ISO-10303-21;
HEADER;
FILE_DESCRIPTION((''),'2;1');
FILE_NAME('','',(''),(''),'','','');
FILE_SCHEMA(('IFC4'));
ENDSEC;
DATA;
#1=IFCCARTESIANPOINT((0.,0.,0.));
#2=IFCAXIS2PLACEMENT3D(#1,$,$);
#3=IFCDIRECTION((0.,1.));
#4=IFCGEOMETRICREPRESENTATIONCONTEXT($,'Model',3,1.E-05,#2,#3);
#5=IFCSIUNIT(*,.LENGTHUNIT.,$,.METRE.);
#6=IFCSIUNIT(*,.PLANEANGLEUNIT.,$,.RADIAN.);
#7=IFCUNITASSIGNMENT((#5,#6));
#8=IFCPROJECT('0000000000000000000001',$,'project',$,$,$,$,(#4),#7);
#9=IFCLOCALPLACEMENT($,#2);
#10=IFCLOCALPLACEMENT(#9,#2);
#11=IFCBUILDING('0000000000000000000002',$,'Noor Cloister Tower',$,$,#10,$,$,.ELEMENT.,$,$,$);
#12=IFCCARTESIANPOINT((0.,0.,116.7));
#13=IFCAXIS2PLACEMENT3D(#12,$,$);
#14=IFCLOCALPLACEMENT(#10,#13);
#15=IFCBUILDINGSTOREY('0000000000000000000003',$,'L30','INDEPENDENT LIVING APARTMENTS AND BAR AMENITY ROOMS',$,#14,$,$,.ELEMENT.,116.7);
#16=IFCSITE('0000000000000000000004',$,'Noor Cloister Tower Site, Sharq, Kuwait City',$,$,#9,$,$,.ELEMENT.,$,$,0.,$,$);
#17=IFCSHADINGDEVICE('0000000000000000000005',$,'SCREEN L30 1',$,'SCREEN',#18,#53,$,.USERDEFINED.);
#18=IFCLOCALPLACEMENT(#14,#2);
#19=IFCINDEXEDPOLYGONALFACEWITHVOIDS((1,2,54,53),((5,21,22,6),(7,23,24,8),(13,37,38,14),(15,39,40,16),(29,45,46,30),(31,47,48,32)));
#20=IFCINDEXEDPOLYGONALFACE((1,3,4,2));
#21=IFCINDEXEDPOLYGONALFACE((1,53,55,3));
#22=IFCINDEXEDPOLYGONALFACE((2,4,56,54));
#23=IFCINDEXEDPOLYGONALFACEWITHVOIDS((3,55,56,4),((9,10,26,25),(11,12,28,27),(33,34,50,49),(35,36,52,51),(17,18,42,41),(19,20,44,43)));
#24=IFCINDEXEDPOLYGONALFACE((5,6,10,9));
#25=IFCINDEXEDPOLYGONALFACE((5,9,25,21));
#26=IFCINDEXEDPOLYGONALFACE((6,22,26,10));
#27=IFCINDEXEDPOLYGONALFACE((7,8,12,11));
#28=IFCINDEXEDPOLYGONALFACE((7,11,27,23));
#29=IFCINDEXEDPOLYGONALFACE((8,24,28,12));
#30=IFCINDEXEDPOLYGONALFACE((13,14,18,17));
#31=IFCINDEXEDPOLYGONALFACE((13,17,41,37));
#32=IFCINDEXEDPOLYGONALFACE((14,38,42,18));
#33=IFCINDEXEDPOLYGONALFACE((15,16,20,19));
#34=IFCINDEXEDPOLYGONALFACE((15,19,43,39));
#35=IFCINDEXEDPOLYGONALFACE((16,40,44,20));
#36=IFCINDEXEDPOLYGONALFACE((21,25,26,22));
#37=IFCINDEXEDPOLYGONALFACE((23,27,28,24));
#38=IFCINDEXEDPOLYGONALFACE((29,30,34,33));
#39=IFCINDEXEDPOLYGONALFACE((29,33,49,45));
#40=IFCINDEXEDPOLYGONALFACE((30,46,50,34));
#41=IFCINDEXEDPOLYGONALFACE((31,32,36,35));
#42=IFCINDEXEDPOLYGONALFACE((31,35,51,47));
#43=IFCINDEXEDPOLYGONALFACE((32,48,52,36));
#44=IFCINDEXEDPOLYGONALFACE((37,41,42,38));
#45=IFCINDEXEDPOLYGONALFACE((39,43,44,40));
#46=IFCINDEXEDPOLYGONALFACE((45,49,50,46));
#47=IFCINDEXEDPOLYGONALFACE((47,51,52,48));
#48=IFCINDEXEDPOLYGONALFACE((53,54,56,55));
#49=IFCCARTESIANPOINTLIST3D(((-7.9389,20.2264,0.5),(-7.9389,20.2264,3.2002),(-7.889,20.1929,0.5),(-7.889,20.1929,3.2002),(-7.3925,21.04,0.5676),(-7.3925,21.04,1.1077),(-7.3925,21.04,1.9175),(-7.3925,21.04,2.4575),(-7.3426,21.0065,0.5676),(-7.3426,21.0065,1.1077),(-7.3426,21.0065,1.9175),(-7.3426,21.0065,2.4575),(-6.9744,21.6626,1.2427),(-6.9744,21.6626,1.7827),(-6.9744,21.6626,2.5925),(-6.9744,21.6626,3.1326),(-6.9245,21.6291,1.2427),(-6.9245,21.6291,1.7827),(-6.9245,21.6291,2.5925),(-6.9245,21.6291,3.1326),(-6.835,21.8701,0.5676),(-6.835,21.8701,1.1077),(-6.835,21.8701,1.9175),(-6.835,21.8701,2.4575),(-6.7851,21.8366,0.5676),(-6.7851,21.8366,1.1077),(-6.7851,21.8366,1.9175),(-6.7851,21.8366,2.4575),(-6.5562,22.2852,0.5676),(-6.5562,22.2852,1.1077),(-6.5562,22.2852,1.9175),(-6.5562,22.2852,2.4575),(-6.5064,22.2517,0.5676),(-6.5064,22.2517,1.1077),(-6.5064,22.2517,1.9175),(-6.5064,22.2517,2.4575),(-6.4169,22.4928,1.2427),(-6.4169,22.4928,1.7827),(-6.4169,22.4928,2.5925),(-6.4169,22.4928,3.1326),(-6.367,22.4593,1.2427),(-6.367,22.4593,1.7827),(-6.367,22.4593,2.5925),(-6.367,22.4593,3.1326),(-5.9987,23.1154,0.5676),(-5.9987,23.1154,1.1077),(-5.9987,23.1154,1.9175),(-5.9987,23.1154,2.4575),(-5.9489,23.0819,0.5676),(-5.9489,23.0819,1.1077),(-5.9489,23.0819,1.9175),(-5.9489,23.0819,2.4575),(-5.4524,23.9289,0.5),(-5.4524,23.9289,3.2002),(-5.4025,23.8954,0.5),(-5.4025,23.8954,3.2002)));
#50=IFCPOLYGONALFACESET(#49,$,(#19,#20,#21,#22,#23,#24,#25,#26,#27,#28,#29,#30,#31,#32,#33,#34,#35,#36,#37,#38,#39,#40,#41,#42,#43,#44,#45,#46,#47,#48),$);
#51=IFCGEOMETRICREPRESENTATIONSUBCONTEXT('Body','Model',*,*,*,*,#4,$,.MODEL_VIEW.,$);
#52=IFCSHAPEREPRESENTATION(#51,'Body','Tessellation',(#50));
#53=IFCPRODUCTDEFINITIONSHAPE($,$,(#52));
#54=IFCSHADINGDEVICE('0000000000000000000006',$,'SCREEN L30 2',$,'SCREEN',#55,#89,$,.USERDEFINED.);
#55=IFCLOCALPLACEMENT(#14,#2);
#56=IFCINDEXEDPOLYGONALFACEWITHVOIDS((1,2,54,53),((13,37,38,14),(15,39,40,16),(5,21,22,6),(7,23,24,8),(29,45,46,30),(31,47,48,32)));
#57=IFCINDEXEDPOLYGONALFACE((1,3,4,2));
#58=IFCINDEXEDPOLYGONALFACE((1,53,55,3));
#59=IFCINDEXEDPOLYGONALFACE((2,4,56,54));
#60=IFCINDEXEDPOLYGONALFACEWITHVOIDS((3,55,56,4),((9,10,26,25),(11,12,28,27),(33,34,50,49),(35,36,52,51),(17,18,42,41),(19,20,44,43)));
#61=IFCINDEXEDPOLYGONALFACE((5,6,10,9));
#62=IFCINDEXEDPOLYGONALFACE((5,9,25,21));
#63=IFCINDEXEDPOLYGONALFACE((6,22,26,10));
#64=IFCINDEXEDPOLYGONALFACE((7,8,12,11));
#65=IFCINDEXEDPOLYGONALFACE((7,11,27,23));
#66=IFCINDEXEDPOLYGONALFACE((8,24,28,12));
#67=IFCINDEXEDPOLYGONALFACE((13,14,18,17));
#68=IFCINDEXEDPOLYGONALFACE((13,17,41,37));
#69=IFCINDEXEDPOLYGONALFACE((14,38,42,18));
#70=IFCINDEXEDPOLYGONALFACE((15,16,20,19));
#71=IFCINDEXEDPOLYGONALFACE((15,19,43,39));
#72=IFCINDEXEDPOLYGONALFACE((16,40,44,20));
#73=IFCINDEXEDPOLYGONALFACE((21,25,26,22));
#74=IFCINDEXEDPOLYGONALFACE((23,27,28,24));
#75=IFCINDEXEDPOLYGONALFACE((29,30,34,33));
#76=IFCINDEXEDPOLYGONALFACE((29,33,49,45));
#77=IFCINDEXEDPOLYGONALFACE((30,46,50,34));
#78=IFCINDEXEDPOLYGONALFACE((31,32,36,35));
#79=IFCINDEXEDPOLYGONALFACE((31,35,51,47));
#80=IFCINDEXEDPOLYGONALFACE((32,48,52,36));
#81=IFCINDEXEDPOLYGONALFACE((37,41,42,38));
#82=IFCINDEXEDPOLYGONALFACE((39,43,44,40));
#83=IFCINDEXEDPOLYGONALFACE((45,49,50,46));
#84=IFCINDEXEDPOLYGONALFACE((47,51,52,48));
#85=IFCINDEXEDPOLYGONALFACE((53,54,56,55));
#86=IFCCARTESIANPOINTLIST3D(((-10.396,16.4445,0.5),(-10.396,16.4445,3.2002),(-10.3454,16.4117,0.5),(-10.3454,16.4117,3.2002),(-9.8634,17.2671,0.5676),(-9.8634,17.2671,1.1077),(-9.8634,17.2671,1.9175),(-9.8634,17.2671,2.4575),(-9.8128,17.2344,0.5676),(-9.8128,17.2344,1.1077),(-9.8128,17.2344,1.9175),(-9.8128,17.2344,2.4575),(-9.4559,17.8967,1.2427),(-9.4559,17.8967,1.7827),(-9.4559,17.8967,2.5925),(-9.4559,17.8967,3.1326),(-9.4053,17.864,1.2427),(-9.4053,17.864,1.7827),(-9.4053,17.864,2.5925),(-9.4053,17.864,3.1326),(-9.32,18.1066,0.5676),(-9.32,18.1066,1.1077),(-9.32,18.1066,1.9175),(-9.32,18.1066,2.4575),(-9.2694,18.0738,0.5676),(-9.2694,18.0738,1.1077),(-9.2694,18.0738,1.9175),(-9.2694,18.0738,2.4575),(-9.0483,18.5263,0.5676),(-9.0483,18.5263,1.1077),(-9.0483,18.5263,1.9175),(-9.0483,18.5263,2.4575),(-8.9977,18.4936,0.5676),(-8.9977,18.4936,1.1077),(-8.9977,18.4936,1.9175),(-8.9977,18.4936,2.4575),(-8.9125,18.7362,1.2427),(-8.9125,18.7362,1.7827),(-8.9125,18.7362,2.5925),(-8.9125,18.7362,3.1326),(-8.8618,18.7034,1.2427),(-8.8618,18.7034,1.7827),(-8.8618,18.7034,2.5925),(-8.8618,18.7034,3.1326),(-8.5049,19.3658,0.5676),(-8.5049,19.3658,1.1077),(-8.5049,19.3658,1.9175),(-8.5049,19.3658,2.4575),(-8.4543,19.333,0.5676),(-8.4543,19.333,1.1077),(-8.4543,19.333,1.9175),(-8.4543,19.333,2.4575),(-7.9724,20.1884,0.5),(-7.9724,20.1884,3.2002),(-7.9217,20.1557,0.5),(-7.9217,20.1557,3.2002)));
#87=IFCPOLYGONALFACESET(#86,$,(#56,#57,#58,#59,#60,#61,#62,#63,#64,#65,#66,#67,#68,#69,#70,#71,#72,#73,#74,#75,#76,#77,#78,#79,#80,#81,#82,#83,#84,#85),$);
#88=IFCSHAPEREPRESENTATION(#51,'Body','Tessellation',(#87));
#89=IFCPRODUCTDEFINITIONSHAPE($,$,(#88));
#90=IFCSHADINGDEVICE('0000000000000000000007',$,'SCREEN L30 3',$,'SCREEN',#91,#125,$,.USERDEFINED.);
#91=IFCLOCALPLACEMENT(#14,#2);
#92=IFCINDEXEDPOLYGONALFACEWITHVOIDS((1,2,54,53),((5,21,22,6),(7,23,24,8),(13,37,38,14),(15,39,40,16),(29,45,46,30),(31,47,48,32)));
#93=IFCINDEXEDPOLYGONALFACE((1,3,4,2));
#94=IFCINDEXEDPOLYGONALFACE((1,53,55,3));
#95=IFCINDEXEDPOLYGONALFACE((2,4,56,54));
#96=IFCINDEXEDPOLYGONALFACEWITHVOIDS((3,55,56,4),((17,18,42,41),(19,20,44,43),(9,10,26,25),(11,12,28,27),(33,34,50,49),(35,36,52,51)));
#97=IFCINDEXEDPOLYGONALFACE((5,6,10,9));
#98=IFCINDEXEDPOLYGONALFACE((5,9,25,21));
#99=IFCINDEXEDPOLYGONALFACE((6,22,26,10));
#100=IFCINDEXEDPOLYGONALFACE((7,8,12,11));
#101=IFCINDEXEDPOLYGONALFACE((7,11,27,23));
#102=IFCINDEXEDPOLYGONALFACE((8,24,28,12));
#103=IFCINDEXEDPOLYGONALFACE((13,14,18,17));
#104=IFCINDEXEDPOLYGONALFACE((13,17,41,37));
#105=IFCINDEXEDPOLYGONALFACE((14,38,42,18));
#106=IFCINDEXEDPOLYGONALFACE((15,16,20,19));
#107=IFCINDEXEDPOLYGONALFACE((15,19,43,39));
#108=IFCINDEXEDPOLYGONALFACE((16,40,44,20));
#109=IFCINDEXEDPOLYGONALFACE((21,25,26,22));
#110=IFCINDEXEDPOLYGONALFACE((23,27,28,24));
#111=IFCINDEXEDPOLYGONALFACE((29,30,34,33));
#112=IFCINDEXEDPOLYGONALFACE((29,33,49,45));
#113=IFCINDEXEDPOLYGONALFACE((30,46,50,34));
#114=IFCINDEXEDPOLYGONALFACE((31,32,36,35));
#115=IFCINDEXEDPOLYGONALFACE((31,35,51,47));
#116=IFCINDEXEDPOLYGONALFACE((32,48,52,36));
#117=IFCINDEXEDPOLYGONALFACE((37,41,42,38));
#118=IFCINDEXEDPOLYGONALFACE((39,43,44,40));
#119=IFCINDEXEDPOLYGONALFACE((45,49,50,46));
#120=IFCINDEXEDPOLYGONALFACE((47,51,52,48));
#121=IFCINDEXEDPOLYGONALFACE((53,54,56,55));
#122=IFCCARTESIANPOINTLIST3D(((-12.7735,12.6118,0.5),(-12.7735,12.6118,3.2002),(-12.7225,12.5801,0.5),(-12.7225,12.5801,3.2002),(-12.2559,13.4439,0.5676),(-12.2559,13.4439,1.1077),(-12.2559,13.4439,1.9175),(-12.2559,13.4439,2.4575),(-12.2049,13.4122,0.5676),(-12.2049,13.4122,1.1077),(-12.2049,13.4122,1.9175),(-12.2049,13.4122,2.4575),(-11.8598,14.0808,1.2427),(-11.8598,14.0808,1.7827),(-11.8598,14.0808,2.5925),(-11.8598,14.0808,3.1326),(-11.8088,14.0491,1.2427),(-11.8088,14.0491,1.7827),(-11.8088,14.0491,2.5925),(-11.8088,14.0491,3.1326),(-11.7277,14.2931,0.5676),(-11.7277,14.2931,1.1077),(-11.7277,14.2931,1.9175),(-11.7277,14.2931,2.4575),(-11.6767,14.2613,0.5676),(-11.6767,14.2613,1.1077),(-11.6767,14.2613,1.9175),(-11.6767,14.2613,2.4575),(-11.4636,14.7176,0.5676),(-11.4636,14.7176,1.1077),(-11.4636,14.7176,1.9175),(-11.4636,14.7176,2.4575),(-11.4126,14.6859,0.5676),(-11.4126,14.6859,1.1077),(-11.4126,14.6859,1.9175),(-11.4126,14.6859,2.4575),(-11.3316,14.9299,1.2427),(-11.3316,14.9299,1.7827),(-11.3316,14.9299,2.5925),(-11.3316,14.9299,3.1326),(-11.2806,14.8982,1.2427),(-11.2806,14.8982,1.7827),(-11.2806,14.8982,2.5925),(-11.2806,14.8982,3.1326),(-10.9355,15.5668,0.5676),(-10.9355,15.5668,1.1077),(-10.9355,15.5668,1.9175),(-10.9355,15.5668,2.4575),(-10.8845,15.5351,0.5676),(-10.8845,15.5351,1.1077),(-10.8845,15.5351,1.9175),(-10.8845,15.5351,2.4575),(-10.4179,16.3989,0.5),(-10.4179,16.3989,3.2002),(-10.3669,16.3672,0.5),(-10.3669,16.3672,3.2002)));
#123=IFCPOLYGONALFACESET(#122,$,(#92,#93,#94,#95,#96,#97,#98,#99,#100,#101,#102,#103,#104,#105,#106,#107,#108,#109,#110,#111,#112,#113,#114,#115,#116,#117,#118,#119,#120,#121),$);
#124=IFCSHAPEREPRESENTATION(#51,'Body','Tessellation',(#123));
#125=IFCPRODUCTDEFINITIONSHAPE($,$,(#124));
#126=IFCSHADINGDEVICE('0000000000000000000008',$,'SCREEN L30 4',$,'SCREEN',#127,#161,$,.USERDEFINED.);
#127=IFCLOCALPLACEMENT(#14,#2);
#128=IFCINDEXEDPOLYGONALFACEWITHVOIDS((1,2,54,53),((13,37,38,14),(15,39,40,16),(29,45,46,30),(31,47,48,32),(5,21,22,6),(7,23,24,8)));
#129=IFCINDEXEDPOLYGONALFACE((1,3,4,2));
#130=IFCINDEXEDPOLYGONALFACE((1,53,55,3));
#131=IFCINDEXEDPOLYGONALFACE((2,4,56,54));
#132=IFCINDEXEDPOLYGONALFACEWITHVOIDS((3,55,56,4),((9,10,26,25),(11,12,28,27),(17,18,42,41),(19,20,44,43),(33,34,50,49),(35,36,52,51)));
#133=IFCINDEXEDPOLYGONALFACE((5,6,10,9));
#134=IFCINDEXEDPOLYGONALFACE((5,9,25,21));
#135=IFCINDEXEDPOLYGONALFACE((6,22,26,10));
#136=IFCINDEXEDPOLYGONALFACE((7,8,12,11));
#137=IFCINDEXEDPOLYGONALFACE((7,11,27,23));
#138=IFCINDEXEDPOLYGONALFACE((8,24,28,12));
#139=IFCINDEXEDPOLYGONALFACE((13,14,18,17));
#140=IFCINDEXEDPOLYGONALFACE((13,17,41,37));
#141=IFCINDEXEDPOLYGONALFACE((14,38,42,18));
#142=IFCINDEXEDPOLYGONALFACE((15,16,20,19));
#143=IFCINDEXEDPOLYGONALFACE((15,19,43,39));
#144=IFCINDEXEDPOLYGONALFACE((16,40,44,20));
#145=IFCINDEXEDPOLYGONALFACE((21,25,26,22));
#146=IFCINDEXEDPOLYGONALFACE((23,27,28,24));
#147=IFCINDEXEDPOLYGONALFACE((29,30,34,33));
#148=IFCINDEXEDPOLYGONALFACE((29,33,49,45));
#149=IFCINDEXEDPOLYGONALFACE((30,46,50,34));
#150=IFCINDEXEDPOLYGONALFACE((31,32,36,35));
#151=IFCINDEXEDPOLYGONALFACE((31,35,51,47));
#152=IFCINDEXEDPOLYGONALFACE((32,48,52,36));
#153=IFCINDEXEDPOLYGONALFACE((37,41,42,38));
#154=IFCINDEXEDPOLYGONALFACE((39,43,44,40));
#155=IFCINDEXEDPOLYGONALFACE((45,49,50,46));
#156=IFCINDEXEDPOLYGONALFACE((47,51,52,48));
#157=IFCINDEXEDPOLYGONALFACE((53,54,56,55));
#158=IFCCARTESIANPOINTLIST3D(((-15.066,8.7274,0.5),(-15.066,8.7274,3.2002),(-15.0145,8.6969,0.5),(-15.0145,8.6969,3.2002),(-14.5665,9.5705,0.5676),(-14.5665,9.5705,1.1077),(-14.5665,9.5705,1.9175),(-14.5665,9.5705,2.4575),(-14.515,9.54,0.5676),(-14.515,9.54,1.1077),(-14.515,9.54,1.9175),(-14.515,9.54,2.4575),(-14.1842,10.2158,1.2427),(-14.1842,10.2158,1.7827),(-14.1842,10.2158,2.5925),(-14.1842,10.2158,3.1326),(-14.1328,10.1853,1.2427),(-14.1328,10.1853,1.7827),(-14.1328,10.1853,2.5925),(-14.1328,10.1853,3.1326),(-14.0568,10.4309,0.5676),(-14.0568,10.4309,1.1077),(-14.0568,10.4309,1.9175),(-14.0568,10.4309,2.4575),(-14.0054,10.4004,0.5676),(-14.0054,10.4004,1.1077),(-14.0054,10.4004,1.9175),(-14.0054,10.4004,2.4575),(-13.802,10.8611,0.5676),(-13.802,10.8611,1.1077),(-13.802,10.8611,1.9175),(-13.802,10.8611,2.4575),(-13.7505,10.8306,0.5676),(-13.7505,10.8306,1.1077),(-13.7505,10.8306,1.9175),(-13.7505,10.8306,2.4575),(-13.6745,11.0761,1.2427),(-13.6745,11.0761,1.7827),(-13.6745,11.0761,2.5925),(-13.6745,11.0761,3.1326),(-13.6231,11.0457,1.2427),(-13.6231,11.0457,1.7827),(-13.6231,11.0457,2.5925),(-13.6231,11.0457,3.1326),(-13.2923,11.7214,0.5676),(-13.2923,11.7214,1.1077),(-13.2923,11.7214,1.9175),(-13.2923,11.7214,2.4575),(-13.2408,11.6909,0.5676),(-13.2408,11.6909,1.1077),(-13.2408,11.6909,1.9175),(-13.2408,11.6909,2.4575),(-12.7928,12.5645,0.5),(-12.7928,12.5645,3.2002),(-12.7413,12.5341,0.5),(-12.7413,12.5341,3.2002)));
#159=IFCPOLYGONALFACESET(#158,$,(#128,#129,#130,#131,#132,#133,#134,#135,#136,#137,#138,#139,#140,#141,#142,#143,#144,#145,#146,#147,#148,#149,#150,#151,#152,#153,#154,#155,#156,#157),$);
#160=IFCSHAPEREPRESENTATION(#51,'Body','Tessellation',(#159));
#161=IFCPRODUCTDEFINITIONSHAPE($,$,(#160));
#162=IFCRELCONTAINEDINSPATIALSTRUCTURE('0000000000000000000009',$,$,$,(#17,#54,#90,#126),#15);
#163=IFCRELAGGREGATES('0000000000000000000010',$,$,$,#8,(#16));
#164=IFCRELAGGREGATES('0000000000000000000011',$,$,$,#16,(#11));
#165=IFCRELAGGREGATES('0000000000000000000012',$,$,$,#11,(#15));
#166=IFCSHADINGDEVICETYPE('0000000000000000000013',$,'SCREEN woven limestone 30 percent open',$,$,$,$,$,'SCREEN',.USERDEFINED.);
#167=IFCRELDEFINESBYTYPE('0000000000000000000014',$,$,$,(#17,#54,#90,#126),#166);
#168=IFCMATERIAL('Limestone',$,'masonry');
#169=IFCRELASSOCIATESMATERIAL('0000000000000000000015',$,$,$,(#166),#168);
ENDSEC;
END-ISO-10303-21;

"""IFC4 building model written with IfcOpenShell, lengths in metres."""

from ifc_helpers import new_model, si_unit, direction, frame, origin, place, context, subcontext, project, spatial, polyline, outline, extrude, material, material_profile, profile_set, type_object, element, save


model = new_model("IFC4")

# Units and contexts
model_context = context("Model", 3, precision=1e-05, world=origin(), true_north=direction((0.0, 1.0)))
body_context = subcontext(model_context, "Body", "Model", "MODEL_VIEW")
ifc_project = project(units=[si_unit("LENGTHUNIT", "METRE"), si_unit("PLANEANGLEUNIT", "RADIAN")], contexts=[model_context])

# Site, building, storey
site_placement = place(None, origin())
site = spatial("IfcSite", under=ifc_project, at=site_placement, Name="Noor Cloister Tower Site, Sharq, Kuwait City", CompositionType="ELEMENT", RefElevation=0.0)
building_placement = place(site_placement, origin())
building = spatial("IfcBuilding", under=site, at=building_placement, Name="Noor Cloister Tower", CompositionType="ELEMENT")
storey_placement = place(building_placement, frame((0.0, 0.0, 116.7)))
storey = spatial("IfcBuildingStorey", under=building, at=storey_placement, Name="L30", Description="INDEPENDENT LIVING APARTMENTS AND BAR AMENITY ROOMS", CompositionType="ELEMENT", Elevation=116.7)

# Shading devices
ifc_material_1 = material(Name="Limestone", Category="masonry")
ifc_material_profile_1 = material_profile(ifc_material_1, outline(polyline([(-2.23, -1.3501), (2.23, -1.3501), (2.23, 1.3501), (-2.23, 1.3501), (-2.23, -1.3501)]), holes=[polyline([(-1.25, -1.2825), (-0.25, -1.2825), (-0.25, -0.7424), (-1.25, -0.7424), (-1.25, -1.2825)]), polyline([(0.25, -1.2825), (1.25, -1.2825), (1.25, -0.7424), (0.25, -0.7424), (0.25, -1.2825)]), polyline([(-0.5, -0.6074), (0.5, -0.6074), (0.5, -0.0674), (-0.5, -0.0674), (-0.5, -0.6074)]), polyline([(-1.25, 0.0674), (-0.25, 0.0674), (-0.25, 0.6074), (-1.25, 0.6074), (-1.25, 0.0674)]), polyline([(0.25, 0.0674), (1.25, 0.0674), (1.25, 0.6074), (0.25, 0.6074), (0.25, 0.0674)]), polyline([(-0.5, 0.7424), (0.5, 0.7424), (0.5, 1.2825), (-0.5, 1.2825), (-0.5, 0.7424)])]), Name="Woven screen 30 percent open")
ifc_profile_set_1 = profile_set([ifc_material_profile_1], Name="Limestone")
shading_device_type = type_object("IfcShadingDeviceType", Name="SCREEN woven limestone 30 percent open", ElementType="SCREEN", PredefinedType="USERDEFINED", material=ifc_profile_set_1)
shading_device_1_placement = place(storey_placement, frame((-6.6458, 22.0442, 1.8501), z_axis=(-0.830167, 0.557514, 0.0), x_axis=(-0.557514, -0.830167, 0.0)))
element("IfcShadingDevice", 1, at=shading_device_1_placement, inside=storey, type_object=shading_device_type, Name="SCREEN L30 1", ObjectType="SCREEN", PredefinedType="USERDEFINED", context=body_context, shape_type="SweptSolid", body=[
    extrude(outline(polyline([(-2.23, -1.3501), (2.23, -1.3501), (2.23, 1.3501), (-2.23, 1.3501), (-2.23, -1.3501)]), holes=[polyline([(-1.25, -1.2825), (-0.25, -1.2825), (-0.25, -0.7424), (-1.25, -0.7424), (-1.25, -1.2825)]), polyline([(0.25, -1.2825), (1.25, -1.2825), (1.25, -0.7424), (0.25, -0.7424), (0.25, -1.2825)]), polyline([(-0.5, -0.6074), (0.5, -0.6074), (0.5, -0.0674), (-0.5, -0.0674), (-0.5, -0.6074)]), polyline([(-1.25, 0.0674), (-0.25, 0.0674), (-0.25, 0.6074), (-1.25, 0.6074), (-1.25, 0.0674)]), polyline([(0.25, 0.0674), (1.25, 0.0674), (1.25, 0.6074), (0.25, 0.6074), (0.25, 0.0674)]), polyline([(-0.5, 0.7424), (0.5, 0.7424), (0.5, 1.2825), (-0.5, 1.2825), (-0.5, 0.7424)])]), origin(), (0.0, 0.0, 1.0), 0.0601),
])
shading_device_2_placement = place(storey_placement, frame((-9.1335, 18.2837, 1.8501), z_axis=(-0.839461, 0.543419, 0.0), x_axis=(-0.543419, -0.839461, 0.0)))
element("IfcShadingDevice", 2, at=shading_device_2_placement, inside=storey, type_object=shading_device_type, Name="SCREEN L30 2", ObjectType="SCREEN", PredefinedType="USERDEFINED", context=body_context, shape_type="SweptSolid", body=[
    extrude(outline(polyline([(-2.23, -1.3501), (2.23, -1.3501), (2.23, 1.3501), (-2.23, 1.3501), (-2.23, -1.3501)]), holes=[polyline([(-1.25, -1.2825), (-0.25, -1.2825), (-0.25, -0.7424), (-1.25, -0.7424), (-1.25, -1.2825)]), polyline([(0.25, -1.2825), (1.25, -1.2825), (1.25, -0.7424), (0.25, -0.7424), (0.25, -1.2825)]), polyline([(-0.5, -0.6074), (0.5, -0.6074), (0.5, -0.0674), (-0.5, -0.0674), (-0.5, -0.6074)]), polyline([(-1.25, 0.0674), (-0.25, 0.0674), (-0.25, 0.6074), (-1.25, 0.6074), (-1.25, 0.0674)]), polyline([(0.25, 0.0674), (1.25, 0.0674), (1.25, 0.6074), (0.25, 0.6074), (0.25, 0.0674)]), polyline([(-0.5, 0.7424), (0.5, 0.7424), (0.5, 1.2825), (-0.5, 1.2825), (-0.5, 0.7424)])]), origin(), (0.0, 0.0, 1.0), 0.0603),
])
shading_device_3_placement = place(storey_placement, frame((-11.5447, 14.4736, 1.8501), z_axis=(-0.849138, 0.528172, 0.0), x_axis=(-0.528172, -0.849138, 0.0)))
element("IfcShadingDevice", 3, at=shading_device_3_placement, inside=storey, type_object=shading_device_type, Name="SCREEN L30 3", ObjectType="SCREEN", PredefinedType="USERDEFINED", context=body_context, shape_type="SweptSolid", body=[
    extrude(outline(polyline([(-2.23, -1.3501), (2.23, -1.3501), (2.23, 1.3501), (-2.23, 1.3501), (-2.23, -1.3501)]), holes=[polyline([(-1.25, -1.2825), (-0.25, -1.2825), (-0.25, -0.7424), (-1.25, -0.7424), (-1.25, -1.2825)]), polyline([(0.25, -1.2825), (1.25, -1.2825), (1.25, -0.7424), (0.25, -0.7424), (0.25, -1.2825)]), polyline([(-0.5, -0.6074), (0.5, -0.6074), (0.5, -0.0674), (-0.5, -0.0674), (-0.5, -0.6074)]), polyline([(-1.25, 0.0674), (-0.25, 0.0674), (-0.25, 0.6074), (-1.25, 0.6074), (-1.25, 0.0674)]), polyline([(0.25, 0.0674), (1.25, 0.0674), (1.25, 0.6074), (0.25, 0.6074), (0.25, 0.0674)]), polyline([(-0.5, 0.7424), (0.5, 0.7424), (0.5, 1.2825), (-0.5, 1.2825), (-0.5, 0.7424)])]), origin(), (0.0, 0.0, 1.0), 0.0601),
])
shading_device_4_placement = place(storey_placement, frame((-13.8779, 10.6155, 1.8501), z_axis=(-0.860358, 0.509691, 0.0), x_axis=(-0.509691, -0.860358, 0.0)))
element("IfcShadingDevice", 4, at=shading_device_4_placement, inside=storey, type_object=shading_device_type, Name="SCREEN L30 4", ObjectType="SCREEN", PredefinedType="USERDEFINED", context=body_context, shape_type="SweptSolid", body=[
    extrude(outline(polyline([(-2.23, -1.3501), (2.23, -1.3501), (2.23, 1.3501), (-2.23, 1.3501), (-2.23, -1.3501)]), holes=[polyline([(-1.25, -1.2825), (-0.25, -1.2825), (-0.25, -0.7424), (-1.25, -0.7424), (-1.25, -1.2825)]), polyline([(0.25, -1.2825), (1.25, -1.2825), (1.25, -0.7424), (0.25, -0.7424), (0.25, -1.2825)]), polyline([(-0.5, -0.6074), (0.5, -0.6074), (0.5, -0.0674), (-0.5, -0.0674), (-0.5, -0.6074)]), polyline([(-1.25, 0.0674), (-0.25, 0.0674), (-0.25, 0.6074), (-1.25, 0.6074), (-1.25, 0.0674)]), polyline([(0.25, 0.0674), (1.25, 0.0674), (1.25, 0.6074), (0.25, 0.6074), (0.25, 0.0674)]), polyline([(-0.5, 0.7424), (0.5, 0.7424), (0.5, 1.2825), (-0.5, 1.2825), (-0.5, 0.7424)])]), origin(), (0.0, 0.0, 1.0), 0.0598),
])

save(model, "model.ifc")
